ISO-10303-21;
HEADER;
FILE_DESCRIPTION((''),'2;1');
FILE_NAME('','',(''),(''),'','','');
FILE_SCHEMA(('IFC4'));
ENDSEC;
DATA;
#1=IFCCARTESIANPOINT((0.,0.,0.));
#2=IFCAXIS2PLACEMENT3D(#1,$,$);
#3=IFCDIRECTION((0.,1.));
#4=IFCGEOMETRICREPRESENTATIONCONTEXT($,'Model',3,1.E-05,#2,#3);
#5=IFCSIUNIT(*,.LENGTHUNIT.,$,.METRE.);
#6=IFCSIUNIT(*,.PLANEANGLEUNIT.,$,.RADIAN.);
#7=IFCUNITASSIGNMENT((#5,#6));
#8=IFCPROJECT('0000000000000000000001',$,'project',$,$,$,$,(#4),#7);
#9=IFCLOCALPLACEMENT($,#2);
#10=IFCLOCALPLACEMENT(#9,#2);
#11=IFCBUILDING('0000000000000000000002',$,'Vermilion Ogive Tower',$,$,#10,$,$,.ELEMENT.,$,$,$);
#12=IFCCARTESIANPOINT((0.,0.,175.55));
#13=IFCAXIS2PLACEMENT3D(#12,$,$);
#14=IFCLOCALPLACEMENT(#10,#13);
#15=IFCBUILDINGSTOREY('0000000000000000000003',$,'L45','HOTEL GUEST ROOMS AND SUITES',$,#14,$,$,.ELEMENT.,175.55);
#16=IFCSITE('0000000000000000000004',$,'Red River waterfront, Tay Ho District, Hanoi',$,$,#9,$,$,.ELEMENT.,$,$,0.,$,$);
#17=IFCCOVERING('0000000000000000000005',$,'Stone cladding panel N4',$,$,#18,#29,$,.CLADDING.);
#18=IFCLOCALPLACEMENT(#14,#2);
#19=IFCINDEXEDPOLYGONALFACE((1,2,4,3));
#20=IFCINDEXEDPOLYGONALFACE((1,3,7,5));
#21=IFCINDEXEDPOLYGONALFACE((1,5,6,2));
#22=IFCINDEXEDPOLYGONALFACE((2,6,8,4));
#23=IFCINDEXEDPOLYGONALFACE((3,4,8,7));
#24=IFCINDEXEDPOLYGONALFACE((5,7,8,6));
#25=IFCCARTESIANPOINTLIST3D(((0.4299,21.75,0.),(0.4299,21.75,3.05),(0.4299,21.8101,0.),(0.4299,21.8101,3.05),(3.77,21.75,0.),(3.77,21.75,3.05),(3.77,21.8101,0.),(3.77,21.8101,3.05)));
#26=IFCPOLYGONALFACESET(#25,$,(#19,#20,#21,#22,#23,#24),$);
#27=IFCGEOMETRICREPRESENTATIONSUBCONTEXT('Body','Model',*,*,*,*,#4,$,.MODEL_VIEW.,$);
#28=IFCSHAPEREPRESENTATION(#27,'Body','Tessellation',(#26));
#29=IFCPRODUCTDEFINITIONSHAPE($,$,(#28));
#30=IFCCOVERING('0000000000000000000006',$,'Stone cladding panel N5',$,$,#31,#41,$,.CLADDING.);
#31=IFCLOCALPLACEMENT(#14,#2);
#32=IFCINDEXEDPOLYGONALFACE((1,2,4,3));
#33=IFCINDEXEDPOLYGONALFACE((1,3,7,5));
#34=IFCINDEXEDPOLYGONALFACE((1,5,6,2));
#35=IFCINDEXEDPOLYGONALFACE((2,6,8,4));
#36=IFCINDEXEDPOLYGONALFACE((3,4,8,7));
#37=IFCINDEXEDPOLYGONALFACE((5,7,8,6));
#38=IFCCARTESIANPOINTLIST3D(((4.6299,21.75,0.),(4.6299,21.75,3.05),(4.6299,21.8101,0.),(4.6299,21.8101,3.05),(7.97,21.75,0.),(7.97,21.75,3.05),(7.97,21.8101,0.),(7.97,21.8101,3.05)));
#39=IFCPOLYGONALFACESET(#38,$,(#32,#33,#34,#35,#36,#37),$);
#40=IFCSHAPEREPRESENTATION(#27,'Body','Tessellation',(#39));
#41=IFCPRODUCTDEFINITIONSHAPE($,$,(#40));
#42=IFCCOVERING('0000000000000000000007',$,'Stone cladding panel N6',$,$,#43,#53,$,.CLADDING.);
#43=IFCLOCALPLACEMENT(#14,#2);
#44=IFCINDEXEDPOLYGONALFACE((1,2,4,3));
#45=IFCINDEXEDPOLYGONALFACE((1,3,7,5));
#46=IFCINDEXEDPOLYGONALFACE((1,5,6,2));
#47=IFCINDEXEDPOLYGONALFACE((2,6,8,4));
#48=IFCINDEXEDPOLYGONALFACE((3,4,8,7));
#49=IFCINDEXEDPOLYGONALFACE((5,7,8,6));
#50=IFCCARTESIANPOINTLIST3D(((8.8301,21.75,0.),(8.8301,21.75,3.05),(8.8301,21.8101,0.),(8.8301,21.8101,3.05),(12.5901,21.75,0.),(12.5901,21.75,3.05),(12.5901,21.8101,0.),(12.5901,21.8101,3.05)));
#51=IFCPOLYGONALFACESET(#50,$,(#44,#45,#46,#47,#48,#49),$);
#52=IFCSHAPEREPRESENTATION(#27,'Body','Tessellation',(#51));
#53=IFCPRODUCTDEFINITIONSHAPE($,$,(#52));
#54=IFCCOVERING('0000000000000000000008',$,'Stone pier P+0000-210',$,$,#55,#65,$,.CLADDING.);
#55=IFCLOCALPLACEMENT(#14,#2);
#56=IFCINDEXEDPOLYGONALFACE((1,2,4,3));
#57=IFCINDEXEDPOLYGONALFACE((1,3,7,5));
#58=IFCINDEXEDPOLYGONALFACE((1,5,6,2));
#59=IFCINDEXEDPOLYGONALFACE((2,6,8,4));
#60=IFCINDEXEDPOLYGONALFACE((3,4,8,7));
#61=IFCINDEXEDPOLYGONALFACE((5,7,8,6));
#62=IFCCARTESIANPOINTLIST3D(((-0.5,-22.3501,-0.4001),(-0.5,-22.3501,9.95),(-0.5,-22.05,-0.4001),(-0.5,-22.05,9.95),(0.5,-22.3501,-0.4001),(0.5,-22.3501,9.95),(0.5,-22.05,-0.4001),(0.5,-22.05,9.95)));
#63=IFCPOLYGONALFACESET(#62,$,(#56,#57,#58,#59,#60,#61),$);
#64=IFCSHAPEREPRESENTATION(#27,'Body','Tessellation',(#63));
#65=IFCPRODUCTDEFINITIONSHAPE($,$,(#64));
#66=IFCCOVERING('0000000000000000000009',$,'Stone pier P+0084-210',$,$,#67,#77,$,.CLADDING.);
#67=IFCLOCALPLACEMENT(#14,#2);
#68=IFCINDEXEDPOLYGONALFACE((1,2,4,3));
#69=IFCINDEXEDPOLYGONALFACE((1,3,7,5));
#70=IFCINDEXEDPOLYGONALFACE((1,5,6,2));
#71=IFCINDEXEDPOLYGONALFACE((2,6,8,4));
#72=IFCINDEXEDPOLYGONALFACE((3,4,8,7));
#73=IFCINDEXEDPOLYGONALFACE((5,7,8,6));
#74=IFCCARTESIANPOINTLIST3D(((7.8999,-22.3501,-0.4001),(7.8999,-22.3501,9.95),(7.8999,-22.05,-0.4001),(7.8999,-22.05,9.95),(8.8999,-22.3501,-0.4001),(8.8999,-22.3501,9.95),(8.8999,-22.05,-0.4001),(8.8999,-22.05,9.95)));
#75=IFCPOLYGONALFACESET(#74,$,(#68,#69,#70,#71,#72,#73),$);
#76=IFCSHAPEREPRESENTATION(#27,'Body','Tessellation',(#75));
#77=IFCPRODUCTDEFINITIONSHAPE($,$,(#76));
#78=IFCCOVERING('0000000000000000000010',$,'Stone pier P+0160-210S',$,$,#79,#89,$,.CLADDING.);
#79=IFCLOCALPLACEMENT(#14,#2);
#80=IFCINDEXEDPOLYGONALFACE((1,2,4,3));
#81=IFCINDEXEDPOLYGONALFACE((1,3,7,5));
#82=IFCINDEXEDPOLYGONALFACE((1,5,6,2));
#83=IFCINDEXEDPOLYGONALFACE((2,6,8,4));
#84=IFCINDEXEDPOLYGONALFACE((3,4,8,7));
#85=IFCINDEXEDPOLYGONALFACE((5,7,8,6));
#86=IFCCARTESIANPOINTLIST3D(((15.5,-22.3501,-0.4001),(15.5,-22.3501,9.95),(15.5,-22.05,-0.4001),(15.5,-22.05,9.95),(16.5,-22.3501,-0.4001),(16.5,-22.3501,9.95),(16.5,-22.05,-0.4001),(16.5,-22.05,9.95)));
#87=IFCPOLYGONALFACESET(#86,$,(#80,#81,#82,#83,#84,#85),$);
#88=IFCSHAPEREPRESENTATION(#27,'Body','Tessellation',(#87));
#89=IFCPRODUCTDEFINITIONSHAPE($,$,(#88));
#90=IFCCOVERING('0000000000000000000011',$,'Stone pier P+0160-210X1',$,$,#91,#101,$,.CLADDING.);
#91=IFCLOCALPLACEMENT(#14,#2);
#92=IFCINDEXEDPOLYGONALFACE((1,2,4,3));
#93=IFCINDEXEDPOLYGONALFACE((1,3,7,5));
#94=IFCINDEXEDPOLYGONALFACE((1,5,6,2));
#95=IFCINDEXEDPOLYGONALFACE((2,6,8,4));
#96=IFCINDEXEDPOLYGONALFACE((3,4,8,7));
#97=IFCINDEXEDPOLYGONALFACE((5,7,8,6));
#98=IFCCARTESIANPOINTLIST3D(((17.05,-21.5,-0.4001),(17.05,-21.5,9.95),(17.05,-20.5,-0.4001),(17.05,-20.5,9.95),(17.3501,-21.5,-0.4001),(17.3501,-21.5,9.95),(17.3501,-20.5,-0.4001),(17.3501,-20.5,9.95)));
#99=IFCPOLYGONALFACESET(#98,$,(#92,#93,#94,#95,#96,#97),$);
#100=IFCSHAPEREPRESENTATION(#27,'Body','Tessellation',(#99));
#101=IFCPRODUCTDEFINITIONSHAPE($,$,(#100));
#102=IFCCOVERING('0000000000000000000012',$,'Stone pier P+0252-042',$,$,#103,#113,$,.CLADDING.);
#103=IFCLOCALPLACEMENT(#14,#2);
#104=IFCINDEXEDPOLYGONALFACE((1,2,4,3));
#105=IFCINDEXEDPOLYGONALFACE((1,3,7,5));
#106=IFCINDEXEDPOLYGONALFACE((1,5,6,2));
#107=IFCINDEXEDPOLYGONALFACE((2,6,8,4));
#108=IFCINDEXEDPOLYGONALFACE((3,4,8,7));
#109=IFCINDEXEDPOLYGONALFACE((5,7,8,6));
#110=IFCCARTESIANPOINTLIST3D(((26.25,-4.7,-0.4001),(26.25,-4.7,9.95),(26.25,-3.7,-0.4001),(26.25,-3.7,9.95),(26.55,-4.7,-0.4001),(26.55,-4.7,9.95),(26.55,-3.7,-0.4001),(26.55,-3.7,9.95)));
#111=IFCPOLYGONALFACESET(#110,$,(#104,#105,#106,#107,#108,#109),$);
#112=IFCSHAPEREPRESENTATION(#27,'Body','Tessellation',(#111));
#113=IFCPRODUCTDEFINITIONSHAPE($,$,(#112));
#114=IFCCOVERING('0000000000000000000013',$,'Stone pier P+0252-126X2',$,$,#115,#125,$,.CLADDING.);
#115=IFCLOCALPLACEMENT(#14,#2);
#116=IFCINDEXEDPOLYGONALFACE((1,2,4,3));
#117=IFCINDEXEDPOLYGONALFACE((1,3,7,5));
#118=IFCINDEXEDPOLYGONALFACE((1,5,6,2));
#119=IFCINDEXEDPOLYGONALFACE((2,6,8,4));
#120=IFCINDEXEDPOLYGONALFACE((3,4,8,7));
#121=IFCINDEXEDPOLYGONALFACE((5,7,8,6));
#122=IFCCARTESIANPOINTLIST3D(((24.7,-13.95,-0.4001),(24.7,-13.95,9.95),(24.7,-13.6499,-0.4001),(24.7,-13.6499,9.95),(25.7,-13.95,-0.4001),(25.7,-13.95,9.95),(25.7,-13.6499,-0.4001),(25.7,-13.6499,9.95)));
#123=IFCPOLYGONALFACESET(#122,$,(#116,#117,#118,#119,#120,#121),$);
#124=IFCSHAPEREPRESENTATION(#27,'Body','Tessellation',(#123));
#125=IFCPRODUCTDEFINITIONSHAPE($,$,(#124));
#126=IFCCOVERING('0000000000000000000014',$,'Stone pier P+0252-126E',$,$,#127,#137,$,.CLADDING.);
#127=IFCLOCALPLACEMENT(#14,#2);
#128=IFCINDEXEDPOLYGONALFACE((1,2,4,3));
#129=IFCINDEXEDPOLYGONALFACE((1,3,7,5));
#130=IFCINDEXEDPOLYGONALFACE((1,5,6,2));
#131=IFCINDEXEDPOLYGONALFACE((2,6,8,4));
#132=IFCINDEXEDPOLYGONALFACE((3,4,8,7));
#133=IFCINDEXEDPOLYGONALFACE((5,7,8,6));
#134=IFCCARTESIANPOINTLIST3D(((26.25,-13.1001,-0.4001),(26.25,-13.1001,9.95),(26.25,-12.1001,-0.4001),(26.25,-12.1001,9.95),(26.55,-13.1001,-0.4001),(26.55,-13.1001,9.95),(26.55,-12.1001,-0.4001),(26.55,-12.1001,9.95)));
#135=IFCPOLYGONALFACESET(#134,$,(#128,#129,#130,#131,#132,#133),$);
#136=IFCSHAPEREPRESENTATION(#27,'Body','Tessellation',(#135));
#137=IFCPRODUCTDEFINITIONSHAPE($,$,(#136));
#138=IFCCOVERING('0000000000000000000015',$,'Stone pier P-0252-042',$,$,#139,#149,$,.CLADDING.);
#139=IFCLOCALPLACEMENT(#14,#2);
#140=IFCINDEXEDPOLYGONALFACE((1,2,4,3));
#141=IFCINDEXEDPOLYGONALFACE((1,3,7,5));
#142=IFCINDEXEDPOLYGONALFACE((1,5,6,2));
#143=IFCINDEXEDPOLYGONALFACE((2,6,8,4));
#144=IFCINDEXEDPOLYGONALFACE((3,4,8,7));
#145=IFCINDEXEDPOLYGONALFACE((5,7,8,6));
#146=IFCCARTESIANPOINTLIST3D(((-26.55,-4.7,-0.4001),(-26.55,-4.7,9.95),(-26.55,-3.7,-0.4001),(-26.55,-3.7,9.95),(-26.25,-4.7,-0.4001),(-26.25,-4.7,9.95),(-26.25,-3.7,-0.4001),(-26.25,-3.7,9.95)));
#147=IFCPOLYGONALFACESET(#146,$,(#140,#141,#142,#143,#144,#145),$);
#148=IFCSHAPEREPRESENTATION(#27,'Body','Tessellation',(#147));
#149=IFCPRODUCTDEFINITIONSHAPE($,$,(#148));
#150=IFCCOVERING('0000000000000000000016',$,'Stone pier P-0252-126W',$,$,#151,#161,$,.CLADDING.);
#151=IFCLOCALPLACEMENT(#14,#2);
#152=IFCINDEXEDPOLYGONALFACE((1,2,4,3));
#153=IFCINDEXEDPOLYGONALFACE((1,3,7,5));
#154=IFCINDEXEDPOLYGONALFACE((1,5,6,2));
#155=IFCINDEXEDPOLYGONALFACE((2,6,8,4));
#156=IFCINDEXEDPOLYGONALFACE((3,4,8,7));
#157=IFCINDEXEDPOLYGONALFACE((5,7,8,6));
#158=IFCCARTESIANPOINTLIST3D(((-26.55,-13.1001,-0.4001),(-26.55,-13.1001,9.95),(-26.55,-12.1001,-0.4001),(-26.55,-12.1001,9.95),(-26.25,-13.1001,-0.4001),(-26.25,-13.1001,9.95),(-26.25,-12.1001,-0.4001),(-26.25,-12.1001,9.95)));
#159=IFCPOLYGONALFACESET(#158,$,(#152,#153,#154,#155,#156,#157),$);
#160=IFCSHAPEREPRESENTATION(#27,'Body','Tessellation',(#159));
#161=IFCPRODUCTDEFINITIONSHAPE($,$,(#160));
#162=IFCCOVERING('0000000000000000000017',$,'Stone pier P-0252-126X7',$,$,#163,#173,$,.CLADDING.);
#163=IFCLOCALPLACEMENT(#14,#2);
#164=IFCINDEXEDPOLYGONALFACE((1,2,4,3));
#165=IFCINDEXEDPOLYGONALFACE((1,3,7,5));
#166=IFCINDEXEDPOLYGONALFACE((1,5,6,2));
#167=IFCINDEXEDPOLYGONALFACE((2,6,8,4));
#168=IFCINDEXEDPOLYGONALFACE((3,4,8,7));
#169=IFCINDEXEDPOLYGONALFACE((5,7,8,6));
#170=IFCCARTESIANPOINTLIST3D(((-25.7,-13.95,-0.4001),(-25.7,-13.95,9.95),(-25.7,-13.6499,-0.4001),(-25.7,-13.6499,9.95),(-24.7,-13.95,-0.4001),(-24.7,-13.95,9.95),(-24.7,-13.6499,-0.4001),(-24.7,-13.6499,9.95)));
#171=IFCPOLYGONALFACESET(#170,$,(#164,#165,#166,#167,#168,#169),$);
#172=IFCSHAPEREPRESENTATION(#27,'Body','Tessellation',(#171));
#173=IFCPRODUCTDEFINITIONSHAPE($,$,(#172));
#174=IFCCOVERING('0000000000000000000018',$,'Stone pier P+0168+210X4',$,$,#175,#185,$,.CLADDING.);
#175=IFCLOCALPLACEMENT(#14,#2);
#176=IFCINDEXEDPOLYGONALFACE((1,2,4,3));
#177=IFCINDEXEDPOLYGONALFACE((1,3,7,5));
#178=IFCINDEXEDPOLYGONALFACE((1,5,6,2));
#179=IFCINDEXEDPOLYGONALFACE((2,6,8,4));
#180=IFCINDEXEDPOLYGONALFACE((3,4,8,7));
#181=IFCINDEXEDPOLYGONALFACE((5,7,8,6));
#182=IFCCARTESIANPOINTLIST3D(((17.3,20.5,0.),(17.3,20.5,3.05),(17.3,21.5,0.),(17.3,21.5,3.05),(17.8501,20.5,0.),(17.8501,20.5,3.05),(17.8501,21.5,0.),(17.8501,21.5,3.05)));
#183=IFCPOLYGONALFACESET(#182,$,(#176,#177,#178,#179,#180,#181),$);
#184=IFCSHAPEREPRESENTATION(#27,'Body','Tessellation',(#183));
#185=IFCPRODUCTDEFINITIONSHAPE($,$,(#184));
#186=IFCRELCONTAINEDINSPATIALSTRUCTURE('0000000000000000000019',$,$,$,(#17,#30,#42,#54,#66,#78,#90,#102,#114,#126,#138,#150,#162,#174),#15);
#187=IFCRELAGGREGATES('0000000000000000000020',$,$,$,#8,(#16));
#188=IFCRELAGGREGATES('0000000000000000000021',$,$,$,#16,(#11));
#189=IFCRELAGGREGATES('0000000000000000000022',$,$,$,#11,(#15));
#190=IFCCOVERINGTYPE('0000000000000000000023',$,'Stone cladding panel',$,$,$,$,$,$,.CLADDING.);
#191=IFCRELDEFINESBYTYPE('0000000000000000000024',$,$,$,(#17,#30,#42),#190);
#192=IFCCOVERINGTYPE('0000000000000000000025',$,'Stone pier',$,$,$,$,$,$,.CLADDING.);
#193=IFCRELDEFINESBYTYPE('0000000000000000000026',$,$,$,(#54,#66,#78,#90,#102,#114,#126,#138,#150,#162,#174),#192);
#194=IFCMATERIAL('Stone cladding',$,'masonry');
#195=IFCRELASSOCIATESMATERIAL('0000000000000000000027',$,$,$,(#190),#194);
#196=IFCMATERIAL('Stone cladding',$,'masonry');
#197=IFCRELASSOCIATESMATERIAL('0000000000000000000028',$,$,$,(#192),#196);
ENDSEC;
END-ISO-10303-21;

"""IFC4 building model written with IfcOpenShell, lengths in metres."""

from ifc_helpers import new_model, si_unit, direction, frame, origin, place, context, subcontext, project, spatial, polyline, outline, extrude, material, type_object, element, save


model = new_model("IFC4")

# Units and contexts
model_context = context("Model", 3, precision=1e-05, world=origin(), true_north=direction((0.0, 1.0)))
body_context = subcontext(model_context, "Body", "Model", "MODEL_VIEW")
ifc_project = project(units=[si_unit("LENGTHUNIT", "METRE"), si_unit("PLANEANGLEUNIT", "RADIAN")], contexts=[model_context])

# Site, building, storey
site_placement = place(None, origin())
site = spatial("IfcSite", under=ifc_project, at=site_placement, Name="Red River waterfront, Tay Ho District, Hanoi", CompositionType="ELEMENT", RefElevation=0.0)
building_placement = place(site_placement, origin())
building = spatial("IfcBuilding", under=site, at=building_placement, Name="Vermilion Ogive Tower", CompositionType="ELEMENT")
storey_placement = place(building_placement, frame((0.0, 0.0, 175.55)))
storey = spatial("IfcBuildingStorey", under=building, at=storey_placement, Name="L45", Description="HOTEL GUEST ROOMS AND SUITES", CompositionType="ELEMENT", Elevation=175.55)

# Coverings
ifc_material_1 = material(Name="Stone cladding", Category="masonry")
covering_type_1 = type_object("IfcCoveringType", Name="Stone cladding panel", PredefinedType="CLADDING", material=ifc_material_1)
covering_1_placement = place(storey_placement, origin())
element("IfcCovering", 1, at=covering_1_placement, inside=storey, type_object=covering_type_1, Name="Stone cladding panel N4", PredefinedType="CLADDING", context=body_context, shape_type="SweptSolid", body=[
    extrude(outline(polyline([(0.4299, 21.75), (3.77, 21.75), (3.77, 21.8101), (0.4299, 21.8101), (0.4299, 21.75)])), origin(), (0.0, 0.0, 1.0), 3.05),
])
covering_2_placement = place(storey_placement, origin())
element("IfcCovering", 2, at=covering_2_placement, inside=storey, type_object=covering_type_1, Name="Stone cladding panel N5", PredefinedType="CLADDING", context=body_context, shape_type="SweptSolid", body=[
    extrude(outline(polyline([(4.6299, 21.75), (7.97, 21.75), (7.97, 21.8101), (4.6299, 21.8101), (4.6299, 21.75)])), origin(), (0.0, 0.0, 1.0), 3.05),
])
covering_3_placement = place(storey_placement, origin())
element("IfcCovering", 3, at=covering_3_placement, inside=storey, type_object=covering_type_1, Name="Stone cladding panel N6", PredefinedType="CLADDING", context=body_context, shape_type="SweptSolid", body=[
    extrude(outline(polyline([(8.8301, 21.75), (12.5901, 21.75), (12.5901, 21.8101), (8.8301, 21.8101), (8.8301, 21.75)])), origin(), (0.0, 0.0, 1.0), 3.05),
])
ifc_material_2 = material(Name="Stone cladding", Category="masonry")
covering_type_2 = type_object("IfcCoveringType", Name="Stone pier", PredefinedType="CLADDING", material=ifc_material_2)
covering_4_placement = place(storey_placement, frame((0.0, 0.0, -0.4001)))
element("IfcCovering", 4, at=covering_4_placement, inside=storey, type_object=covering_type_2, Name="Stone pier P+0000-210", PredefinedType="CLADDING", context=body_context, shape_type="SweptSolid", body=[
    extrude(outline(polyline([(0.5, -22.3501), (-0.5, -22.3501), (-0.5, -22.05), (0.5, -22.05), (0.5, -22.3501)])), origin(), (0.0, 0.0, 1.0), 10.3501),
])
covering_5_placement = place(storey_placement, frame((0.0, 0.0, -0.4001)))
element("IfcCovering", 5, at=covering_5_placement, inside=storey, type_object=covering_type_2, Name="Stone pier P+0084-210", PredefinedType="CLADDING", context=body_context, shape_type="SweptSolid", body=[
    extrude(outline(polyline([(8.8999, -22.3501), (7.8999, -22.3501), (7.8999, -22.05), (8.8999, -22.05), (8.8999, -22.3501)])), origin(), (0.0, 0.0, 1.0), 10.3501),
])
covering_6_placement = place(storey_placement, frame((0.0, 0.0, -0.4001)))
element("IfcCovering", 6, at=covering_6_placement, inside=storey, type_object=covering_type_2, Name="Stone pier P+0160-210S", PredefinedType="CLADDING", context=body_context, shape_type="SweptSolid", body=[
    extrude(outline(polyline([(16.5, -22.3501), (15.5, -22.3501), (15.5, -22.05), (16.5, -22.05), (16.5, -22.3501)])), origin(), (0.0, 0.0, 1.0), 10.3501),
])
covering_7_placement = place(storey_placement, frame((0.0, 0.0, -0.4001)))
element("IfcCovering", 7, at=covering_7_placement, inside=storey, type_object=covering_type_2, Name="Stone pier P+0160-210X1", PredefinedType="CLADDING", context=body_context, shape_type="SweptSolid", body=[
    extrude(outline(polyline([(17.3501, -21.5), (17.05, -21.5), (17.05, -20.5), (17.3501, -20.5), (17.3501, -21.5)])), origin(), (0.0, 0.0, 1.0), 10.3501),
])
covering_8_placement = place(storey_placement, frame((0.0, 0.0, -0.4001)))
element("IfcCovering", 8, at=covering_8_placement, inside=storey, type_object=covering_type_2, Name="Stone pier P+0252-042", PredefinedType="CLADDING", context=body_context, shape_type="SweptSolid", body=[
    extrude(outline(polyline([(26.55, -3.7), (26.55, -4.7), (26.25, -4.7), (26.25, -3.7), (26.55, -3.7)])), origin(), (0.0, 0.0, 1.0), 10.3501),
])
covering_9_placement = place(storey_placement, frame((0.0, 0.0, -0.4001)))
element("IfcCovering", 9, at=covering_9_placement, inside=storey, type_object=covering_type_2, Name="Stone pier P+0252-126X2", PredefinedType="CLADDING", context=body_context, shape_type="SweptSolid", body=[
    extrude(outline(polyline([(25.7, -13.95), (24.7, -13.95), (24.7, -13.6499), (25.7, -13.6499), (25.7, -13.95)])), origin(), (0.0, 0.0, 1.0), 10.3501),
])
covering_10_placement = place(storey_placement, frame((0.0, 0.0, -0.4001)))
element("IfcCovering", 10, at=covering_10_placement, inside=storey, type_object=covering_type_2, Name="Stone pier P+0252-126E", PredefinedType="CLADDING", context=body_context, shape_type="SweptSolid", body=[
    extrude(outline(polyline([(26.55, -13.1001), (26.25, -13.1001), (26.25, -12.1001), (26.55, -12.1001), (26.55, -13.1001)])), origin(), (0.0, 0.0, 1.0), 10.3501),
])
covering_11_placement = place(storey_placement, frame((0.0, 0.0, -0.4001)))
element("IfcCovering", 11, at=covering_11_placement, inside=storey, type_object=covering_type_2, Name="Stone pier P-0252-042", PredefinedType="CLADDING", context=body_context, shape_type="SweptSolid", body=[
    extrude(outline(polyline([(-26.55, -4.7), (-26.55, -3.7), (-26.25, -3.7), (-26.25, -4.7), (-26.55, -4.7)])), origin(), (0.0, 0.0, 1.0), 10.3501),
])
covering_12_placement = place(storey_placement, frame((0.0, 0.0, -0.4001)))
element("IfcCovering", 12, at=covering_12_placement, inside=storey, type_object=covering_type_2, Name="Stone pier P-0252-126W", PredefinedType="CLADDING", context=body_context, shape_type="SweptSolid", body=[
    extrude(outline(polyline([(-26.55, -13.1001), (-26.55, -12.1001), (-26.25, -12.1001), (-26.25, -13.1001), (-26.55, -13.1001)])), origin(), (0.0, 0.0, 1.0), 10.3501),
])
covering_13_placement = place(storey_placement, frame((0.0, 0.0, -0.4001)))
element("IfcCovering", 13, at=covering_13_placement, inside=storey, type_object=covering_type_2, Name="Stone pier P-0252-126X7", PredefinedType="CLADDING", context=body_context, shape_type="SweptSolid", body=[
    extrude(outline(polyline([(-25.7, -13.95), (-25.7, -13.6499), (-24.7, -13.6499), (-24.7, -13.95), (-25.7, -13.95)])), origin(), (0.0, 0.0, 1.0), 10.3501),
])
covering_14_placement = place(storey_placement, origin())
element("IfcCovering", 14, at=covering_14_placement, inside=storey, type_object=covering_type_2, Name="Stone pier P+0168+210X4", PredefinedType="CLADDING", context=body_context, shape_type="SweptSolid", body=[
    extrude(outline(polyline([(17.8501, 21.5), (17.8501, 20.5), (17.3, 20.5), (17.3, 21.5), (17.8501, 21.5)])), origin(), (0.0, 0.0, 1.0), 3.05),
])

save(model, "model.ifc")
